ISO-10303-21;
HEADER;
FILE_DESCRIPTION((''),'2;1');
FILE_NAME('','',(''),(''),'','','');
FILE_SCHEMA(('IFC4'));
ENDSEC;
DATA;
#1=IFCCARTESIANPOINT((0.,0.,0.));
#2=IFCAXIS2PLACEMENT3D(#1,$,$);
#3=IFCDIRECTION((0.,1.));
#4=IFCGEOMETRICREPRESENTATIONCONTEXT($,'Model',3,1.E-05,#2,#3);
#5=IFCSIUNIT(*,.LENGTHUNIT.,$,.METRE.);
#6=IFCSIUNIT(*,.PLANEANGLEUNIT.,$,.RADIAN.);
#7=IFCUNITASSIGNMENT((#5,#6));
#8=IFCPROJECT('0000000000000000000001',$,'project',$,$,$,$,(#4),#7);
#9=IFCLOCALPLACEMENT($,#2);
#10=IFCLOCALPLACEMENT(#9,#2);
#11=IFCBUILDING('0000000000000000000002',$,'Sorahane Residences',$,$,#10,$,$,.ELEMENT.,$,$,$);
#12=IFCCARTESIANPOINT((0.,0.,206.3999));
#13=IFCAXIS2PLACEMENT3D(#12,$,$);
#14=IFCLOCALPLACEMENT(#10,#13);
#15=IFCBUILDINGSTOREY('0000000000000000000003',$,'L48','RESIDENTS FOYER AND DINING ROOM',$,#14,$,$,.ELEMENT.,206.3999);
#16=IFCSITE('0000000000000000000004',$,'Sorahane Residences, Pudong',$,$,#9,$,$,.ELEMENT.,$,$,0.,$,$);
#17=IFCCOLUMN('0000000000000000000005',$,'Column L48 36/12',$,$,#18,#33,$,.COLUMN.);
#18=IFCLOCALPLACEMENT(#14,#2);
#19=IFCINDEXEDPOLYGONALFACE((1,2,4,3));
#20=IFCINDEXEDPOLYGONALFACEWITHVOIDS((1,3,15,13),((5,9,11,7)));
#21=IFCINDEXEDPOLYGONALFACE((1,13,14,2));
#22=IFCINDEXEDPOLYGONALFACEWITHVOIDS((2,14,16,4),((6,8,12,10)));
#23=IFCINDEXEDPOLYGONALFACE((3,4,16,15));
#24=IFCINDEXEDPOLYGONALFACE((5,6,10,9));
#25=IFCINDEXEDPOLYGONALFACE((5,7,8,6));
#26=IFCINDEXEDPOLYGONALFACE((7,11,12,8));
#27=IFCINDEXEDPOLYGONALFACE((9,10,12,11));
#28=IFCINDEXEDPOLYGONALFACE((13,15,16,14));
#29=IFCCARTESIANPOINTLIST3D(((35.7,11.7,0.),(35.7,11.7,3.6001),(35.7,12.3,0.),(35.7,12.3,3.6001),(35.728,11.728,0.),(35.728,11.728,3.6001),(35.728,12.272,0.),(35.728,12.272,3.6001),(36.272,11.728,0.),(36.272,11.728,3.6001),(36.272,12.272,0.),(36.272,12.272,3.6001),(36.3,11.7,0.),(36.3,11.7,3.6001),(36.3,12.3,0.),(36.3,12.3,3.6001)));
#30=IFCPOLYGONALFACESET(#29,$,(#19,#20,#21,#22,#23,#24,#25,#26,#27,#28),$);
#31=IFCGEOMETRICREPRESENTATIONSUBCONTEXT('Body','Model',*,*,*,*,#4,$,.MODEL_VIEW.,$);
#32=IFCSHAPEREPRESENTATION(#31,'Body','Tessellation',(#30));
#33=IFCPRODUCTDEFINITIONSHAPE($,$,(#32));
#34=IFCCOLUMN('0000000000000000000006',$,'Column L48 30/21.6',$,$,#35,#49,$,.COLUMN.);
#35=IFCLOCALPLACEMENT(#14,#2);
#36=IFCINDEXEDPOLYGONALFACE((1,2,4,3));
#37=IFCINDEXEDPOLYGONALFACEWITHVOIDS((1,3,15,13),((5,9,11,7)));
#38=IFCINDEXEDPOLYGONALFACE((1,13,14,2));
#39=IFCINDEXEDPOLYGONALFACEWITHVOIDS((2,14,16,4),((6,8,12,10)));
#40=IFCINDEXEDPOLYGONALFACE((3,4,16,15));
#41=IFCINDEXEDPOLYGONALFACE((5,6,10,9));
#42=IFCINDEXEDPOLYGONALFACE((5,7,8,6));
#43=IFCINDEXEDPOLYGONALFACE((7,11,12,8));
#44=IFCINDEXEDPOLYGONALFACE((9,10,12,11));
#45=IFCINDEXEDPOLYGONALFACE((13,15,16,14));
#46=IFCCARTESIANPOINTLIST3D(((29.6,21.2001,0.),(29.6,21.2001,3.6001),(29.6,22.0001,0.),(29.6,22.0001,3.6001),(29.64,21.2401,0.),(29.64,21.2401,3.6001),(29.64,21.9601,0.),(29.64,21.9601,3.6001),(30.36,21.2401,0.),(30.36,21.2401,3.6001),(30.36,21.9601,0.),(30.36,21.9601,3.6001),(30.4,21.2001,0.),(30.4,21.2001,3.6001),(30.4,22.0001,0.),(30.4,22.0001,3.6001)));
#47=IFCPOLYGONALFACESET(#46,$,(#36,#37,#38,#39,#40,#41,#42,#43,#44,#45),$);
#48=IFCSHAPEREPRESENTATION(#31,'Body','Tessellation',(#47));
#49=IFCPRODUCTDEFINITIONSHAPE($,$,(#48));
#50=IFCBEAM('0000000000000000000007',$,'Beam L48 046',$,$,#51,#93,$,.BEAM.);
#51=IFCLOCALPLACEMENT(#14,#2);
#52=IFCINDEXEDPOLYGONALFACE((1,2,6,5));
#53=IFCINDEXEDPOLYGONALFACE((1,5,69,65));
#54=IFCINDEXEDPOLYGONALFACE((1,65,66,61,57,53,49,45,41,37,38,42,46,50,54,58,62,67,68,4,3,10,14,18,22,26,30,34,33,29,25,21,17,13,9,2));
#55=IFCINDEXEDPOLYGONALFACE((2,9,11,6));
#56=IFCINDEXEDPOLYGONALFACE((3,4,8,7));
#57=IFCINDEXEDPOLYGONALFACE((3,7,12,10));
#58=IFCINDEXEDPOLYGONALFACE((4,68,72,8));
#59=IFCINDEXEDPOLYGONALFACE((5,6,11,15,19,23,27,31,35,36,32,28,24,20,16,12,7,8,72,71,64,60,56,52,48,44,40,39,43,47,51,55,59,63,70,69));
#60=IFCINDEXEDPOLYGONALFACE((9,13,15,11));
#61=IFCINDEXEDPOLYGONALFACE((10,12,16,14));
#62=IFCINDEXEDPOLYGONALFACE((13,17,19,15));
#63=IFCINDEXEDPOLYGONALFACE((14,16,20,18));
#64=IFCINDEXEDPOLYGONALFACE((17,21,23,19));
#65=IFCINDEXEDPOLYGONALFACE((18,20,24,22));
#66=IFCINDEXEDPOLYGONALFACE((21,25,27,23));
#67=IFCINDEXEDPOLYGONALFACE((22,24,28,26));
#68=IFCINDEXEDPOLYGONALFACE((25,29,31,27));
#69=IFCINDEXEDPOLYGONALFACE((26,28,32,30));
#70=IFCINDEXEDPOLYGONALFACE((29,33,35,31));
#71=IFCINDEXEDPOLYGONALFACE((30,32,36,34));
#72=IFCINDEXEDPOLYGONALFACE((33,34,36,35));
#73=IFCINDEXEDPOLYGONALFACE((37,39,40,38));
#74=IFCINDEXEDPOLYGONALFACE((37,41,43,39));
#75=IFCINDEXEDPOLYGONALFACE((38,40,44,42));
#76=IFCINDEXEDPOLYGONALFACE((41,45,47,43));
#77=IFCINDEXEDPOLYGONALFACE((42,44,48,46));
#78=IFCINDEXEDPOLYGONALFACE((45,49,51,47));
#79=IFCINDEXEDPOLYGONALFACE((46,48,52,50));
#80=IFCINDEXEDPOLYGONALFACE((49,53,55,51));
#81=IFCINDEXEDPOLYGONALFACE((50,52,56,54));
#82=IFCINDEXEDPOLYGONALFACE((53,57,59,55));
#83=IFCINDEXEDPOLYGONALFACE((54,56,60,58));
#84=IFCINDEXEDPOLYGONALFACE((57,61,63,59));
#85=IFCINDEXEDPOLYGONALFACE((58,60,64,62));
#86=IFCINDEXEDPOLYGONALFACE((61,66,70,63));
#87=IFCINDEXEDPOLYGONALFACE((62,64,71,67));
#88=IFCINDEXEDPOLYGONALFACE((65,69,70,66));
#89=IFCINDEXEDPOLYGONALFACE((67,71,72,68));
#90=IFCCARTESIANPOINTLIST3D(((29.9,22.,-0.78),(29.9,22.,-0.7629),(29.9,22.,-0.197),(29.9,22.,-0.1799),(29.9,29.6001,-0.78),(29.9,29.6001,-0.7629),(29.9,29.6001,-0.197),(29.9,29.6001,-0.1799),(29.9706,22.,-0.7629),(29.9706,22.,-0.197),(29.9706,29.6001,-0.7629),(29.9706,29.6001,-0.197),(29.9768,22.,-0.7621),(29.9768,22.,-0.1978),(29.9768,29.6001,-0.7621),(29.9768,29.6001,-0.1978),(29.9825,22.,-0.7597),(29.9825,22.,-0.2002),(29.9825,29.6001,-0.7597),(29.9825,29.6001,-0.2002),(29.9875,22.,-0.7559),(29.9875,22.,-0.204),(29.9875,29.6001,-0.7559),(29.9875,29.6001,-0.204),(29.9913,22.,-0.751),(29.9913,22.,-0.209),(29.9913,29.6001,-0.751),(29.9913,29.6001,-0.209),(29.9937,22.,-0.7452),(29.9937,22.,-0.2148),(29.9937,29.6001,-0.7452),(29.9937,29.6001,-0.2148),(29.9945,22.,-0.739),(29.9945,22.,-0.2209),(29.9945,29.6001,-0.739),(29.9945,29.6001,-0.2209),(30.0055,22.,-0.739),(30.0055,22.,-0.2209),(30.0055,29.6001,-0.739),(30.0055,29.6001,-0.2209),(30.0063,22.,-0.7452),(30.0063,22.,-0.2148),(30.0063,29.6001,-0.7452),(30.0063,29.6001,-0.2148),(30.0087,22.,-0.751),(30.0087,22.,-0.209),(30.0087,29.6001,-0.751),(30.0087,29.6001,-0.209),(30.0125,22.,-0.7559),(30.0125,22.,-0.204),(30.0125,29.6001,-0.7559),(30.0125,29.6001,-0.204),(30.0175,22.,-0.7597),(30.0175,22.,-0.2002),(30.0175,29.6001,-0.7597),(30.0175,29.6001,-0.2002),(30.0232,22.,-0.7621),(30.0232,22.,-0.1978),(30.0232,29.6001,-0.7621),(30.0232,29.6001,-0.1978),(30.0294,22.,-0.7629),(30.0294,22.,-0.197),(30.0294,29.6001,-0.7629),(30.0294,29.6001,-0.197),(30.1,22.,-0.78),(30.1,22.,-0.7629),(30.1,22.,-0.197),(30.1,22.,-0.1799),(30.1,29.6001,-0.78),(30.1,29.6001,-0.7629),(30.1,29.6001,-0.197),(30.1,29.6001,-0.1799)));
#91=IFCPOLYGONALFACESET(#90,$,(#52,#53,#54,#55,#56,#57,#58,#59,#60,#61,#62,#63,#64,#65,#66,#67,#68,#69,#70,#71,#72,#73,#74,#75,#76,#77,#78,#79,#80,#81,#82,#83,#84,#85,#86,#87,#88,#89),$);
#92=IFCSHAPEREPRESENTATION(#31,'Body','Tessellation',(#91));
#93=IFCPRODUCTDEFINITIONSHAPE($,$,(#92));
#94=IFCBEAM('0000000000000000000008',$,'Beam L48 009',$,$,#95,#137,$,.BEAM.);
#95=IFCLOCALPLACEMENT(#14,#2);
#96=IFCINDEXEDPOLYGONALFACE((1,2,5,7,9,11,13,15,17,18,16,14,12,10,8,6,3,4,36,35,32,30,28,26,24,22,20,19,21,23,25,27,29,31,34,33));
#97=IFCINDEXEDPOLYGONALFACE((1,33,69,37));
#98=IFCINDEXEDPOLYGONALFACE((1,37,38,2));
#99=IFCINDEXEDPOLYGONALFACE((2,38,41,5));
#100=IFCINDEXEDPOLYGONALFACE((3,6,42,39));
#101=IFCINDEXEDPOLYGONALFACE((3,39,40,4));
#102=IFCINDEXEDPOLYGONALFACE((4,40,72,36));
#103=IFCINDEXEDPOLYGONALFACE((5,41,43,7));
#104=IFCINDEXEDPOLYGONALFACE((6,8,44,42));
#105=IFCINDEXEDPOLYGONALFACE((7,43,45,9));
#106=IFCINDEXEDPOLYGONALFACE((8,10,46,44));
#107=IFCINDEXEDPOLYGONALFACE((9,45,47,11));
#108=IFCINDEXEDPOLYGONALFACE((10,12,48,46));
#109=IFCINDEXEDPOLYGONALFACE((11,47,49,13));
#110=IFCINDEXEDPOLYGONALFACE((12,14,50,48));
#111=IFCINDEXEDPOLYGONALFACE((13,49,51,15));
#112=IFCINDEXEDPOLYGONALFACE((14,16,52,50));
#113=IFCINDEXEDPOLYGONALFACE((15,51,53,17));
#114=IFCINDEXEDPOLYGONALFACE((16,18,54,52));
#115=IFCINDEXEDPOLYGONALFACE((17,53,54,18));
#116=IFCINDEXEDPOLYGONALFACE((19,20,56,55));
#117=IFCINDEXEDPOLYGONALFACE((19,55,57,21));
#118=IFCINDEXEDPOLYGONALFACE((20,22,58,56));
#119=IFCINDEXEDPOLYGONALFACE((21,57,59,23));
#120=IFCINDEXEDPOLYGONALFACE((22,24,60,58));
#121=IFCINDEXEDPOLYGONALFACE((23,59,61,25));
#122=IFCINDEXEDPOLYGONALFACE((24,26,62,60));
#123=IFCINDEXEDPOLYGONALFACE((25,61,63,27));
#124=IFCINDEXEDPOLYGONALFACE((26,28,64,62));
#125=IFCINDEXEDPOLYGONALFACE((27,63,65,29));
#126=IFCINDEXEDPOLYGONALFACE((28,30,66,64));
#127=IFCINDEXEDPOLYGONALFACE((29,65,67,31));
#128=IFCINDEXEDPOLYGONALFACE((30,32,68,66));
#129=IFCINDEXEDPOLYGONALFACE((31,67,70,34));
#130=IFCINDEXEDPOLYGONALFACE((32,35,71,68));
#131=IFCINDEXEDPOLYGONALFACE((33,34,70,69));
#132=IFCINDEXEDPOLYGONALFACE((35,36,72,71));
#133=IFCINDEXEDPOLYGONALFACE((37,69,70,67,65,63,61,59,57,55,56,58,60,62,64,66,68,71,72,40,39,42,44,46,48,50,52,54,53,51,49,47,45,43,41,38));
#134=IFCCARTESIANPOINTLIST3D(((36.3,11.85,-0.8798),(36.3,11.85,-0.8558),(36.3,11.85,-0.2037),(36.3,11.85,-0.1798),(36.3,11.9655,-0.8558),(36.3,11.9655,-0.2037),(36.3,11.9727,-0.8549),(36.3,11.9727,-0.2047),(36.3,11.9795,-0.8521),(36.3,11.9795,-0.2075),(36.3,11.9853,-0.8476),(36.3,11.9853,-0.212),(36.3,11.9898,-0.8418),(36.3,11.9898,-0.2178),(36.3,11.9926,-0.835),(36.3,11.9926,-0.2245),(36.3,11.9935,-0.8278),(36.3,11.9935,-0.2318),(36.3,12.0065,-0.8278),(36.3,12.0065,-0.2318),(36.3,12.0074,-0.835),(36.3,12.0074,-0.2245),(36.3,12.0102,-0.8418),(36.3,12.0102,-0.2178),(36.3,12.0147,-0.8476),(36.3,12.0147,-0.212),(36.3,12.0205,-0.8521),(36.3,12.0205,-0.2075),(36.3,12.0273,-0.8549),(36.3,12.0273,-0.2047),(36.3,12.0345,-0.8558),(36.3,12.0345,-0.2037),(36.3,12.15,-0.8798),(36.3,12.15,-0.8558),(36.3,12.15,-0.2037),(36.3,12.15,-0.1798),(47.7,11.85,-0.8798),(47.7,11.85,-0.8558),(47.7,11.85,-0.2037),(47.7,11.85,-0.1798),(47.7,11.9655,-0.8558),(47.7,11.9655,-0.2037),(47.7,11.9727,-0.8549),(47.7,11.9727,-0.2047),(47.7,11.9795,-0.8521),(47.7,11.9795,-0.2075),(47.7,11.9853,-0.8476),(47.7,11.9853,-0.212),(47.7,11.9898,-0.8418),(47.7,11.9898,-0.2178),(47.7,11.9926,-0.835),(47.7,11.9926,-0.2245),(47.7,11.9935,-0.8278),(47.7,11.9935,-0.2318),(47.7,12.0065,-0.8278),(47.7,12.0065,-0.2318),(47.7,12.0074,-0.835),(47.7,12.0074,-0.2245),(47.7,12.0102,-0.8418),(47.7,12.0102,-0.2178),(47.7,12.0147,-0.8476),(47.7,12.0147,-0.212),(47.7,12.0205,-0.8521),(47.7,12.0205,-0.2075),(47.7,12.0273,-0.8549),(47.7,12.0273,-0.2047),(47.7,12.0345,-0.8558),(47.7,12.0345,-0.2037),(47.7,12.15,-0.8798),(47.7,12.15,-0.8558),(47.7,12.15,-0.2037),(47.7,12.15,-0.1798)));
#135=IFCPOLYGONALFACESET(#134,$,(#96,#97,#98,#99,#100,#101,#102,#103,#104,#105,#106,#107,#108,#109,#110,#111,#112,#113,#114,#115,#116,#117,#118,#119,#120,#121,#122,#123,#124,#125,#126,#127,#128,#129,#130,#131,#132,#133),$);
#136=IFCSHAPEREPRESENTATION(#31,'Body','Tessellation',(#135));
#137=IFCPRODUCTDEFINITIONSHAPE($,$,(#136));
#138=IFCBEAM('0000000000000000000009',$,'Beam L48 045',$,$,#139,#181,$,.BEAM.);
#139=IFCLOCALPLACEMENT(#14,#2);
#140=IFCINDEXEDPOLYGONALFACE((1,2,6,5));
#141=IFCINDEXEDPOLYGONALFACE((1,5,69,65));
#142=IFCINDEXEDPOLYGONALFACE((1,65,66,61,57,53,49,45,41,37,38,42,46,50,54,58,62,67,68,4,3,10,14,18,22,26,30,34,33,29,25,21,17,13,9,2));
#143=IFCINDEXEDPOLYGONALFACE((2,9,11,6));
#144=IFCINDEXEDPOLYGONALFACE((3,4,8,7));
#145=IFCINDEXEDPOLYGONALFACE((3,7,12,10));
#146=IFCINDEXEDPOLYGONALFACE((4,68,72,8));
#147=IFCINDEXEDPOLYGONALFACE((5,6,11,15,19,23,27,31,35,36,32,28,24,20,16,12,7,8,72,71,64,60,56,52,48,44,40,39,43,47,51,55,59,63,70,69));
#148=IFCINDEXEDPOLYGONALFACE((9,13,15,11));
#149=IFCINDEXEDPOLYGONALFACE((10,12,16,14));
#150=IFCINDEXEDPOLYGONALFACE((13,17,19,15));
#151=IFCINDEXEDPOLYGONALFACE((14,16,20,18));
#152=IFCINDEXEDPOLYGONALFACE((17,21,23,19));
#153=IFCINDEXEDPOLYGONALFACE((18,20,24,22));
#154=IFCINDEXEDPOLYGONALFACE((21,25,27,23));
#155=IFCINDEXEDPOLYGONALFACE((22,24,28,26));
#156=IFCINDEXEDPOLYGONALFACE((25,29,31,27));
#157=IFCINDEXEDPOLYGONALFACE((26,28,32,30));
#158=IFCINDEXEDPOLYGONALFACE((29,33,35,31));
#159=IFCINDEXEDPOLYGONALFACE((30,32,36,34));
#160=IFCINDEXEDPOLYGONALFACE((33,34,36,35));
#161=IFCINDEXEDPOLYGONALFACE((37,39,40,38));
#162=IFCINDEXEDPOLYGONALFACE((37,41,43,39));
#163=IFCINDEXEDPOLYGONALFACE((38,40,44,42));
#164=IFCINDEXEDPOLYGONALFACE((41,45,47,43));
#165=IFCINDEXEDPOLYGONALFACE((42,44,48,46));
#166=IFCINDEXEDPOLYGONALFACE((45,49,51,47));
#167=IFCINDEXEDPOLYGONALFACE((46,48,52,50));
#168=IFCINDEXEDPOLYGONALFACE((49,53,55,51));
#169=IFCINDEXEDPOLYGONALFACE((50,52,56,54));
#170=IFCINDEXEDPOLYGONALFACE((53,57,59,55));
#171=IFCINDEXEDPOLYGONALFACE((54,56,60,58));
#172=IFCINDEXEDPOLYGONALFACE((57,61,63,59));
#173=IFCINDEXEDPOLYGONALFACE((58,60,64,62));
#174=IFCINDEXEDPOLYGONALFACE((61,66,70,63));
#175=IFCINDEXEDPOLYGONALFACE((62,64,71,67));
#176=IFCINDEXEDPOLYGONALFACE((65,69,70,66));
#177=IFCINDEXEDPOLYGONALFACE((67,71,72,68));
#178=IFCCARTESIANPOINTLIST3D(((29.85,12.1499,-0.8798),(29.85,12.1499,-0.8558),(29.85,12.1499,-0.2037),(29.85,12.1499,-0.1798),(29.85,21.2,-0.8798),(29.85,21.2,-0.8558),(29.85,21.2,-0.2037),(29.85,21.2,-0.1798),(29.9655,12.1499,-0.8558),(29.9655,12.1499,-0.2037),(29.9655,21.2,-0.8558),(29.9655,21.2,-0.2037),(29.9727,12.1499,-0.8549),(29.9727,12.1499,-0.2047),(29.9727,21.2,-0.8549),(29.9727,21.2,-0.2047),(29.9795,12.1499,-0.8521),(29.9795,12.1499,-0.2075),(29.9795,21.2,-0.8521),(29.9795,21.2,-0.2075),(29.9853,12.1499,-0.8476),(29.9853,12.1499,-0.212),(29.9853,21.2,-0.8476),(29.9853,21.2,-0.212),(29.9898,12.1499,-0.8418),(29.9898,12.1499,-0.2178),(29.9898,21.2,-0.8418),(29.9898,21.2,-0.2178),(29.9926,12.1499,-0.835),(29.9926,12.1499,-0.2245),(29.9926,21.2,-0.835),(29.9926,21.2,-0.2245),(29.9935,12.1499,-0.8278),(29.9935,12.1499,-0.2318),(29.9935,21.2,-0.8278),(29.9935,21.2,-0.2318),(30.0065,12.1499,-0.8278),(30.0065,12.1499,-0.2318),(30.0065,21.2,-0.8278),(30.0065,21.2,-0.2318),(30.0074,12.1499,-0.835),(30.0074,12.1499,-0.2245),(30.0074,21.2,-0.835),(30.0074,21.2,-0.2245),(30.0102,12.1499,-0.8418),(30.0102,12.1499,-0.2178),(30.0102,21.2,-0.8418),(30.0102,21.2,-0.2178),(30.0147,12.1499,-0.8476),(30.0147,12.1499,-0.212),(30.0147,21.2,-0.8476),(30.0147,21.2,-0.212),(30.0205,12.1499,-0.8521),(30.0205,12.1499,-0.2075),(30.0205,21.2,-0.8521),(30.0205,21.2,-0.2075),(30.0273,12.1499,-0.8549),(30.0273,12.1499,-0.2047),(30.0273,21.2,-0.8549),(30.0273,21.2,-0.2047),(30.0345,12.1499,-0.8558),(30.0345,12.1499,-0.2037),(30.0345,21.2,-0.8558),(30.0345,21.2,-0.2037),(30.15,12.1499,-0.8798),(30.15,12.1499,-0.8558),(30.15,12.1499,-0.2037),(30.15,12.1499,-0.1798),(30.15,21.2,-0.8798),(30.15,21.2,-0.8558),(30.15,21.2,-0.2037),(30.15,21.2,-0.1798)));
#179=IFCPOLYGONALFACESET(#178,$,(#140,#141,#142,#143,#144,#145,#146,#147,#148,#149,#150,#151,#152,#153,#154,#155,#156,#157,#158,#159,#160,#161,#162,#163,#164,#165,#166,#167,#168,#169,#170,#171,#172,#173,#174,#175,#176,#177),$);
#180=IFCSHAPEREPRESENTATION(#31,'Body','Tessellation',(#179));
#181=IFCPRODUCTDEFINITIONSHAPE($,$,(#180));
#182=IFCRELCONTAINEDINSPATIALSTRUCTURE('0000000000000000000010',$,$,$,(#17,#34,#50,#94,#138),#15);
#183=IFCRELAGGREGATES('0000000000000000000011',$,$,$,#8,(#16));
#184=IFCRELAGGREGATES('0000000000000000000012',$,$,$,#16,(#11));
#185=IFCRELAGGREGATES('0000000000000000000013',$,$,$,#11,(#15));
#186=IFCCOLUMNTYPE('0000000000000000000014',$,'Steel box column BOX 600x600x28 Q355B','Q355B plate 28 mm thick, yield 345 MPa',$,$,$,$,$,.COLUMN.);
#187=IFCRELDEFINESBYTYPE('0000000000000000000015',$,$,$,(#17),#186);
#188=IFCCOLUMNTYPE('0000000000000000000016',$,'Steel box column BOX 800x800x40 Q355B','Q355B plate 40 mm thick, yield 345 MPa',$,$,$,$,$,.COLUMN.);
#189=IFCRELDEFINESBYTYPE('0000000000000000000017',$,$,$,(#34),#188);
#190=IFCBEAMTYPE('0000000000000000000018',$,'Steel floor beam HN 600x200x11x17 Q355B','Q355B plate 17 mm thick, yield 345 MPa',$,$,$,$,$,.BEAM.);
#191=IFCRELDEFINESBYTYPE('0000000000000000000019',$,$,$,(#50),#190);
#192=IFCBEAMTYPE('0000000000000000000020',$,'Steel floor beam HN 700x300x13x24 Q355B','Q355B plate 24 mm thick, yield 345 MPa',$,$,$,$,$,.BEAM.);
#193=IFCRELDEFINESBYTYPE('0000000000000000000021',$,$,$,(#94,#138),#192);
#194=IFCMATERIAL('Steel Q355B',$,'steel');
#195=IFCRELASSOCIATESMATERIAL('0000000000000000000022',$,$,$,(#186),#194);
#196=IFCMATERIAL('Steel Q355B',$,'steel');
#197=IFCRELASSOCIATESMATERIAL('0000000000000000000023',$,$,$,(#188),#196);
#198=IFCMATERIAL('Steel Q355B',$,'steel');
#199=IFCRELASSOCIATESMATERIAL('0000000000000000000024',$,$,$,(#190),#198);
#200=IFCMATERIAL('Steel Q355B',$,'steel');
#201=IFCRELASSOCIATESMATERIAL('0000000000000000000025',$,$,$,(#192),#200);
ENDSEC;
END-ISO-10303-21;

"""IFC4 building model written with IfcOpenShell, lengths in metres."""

from ifc_helpers import new_model, si_unit, direction, frame, origin, origin_2d, place, context, subcontext, project, spatial, hollow_rectangle, i_section, extrude, material, material_profile, profile_set, type_object, element, save


model = new_model("IFC4")

# Units and contexts
model_context = context("Model", 3, precision=1e-05, world=origin(), true_north=direction((0.0, 1.0)))
body_context = subcontext(model_context, "Body", "Model", "MODEL_VIEW")
ifc_project = project(units=[si_unit("LENGTHUNIT", "METRE"), si_unit("PLANEANGLEUNIT", "RADIAN")], contexts=[model_context])

# Site, building, storey
site_placement = place(None, origin())
site = spatial("IfcSite", under=ifc_project, at=site_placement, Name="Sorahane Residences, Pudong", CompositionType="ELEMENT", RefElevation=0.0)
building_placement = place(site_placement, origin())
building = spatial("IfcBuilding", under=site, at=building_placement, Name="Sorahane Residences", CompositionType="ELEMENT")
storey_placement = place(building_placement, frame((0.0, 0.0, 206.3999)))
storey = spatial("IfcBuildingStorey", under=building, at=storey_placement, Name="L48", Description="RESIDENTS FOYER AND DINING ROOM", CompositionType="ELEMENT", Elevation=206.3999)

# Columns
ifc_material_1 = material(Name="Steel Q355B", Category="steel")
ifc_material_profile_1 = material_profile(ifc_material_1, hollow_rectangle(XDim=0.6001, YDim=0.6001, WallThickness=0.0281, at=origin_2d()), Name="BOX 600x600x28")
ifc_profile_set_1 = profile_set([ifc_material_profile_1], Name="Steel Q355B")
column_type_1 = type_object("IfcColumnType", Name="Steel box column BOX 600x600x28 Q355B", Description="Q355B plate 28 mm thick, yield 345 MPa", PredefinedType="COLUMN", material=ifc_profile_set_1)
column_1_placement = place(storey_placement, frame((36.0, 12.0, 0.0), z_axis=(0.0, 0.0, 1.0), x_axis=(1.0, 0.0, 0.0)))
element("IfcColumn", 1, at=column_1_placement, inside=storey, type_object=column_type_1, Name="Column L48 36/12", PredefinedType="COLUMN", context=body_context, shape_type="SweptSolid", body=[
    extrude(hollow_rectangle(XDim=0.6001, YDim=0.6001, WallThickness=0.0281, at=origin_2d()), origin(), (0.0, 0.0, 1.0), 3.6001),
])
ifc_material_2 = material(Name="Steel Q355B", Category="steel")
ifc_material_profile_2 = material_profile(ifc_material_2, hollow_rectangle(XDim=0.8, YDim=0.8, WallThickness=0.04, at=origin_2d()), Name="BOX 800x800x40")
ifc_profile_set_2 = profile_set([ifc_material_profile_2], Name="Steel Q355B")
column_type_2 = type_object("IfcColumnType", Name="Steel box column BOX 800x800x40 Q355B", Description="Q355B plate 40 mm thick, yield 345 MPa", PredefinedType="COLUMN", material=ifc_profile_set_2)
column_2_placement = place(storey_placement, frame((30.0, 21.6001, 0.0), z_axis=(0.0, 0.0, 1.0), x_axis=(1.0, 0.0, 0.0)))
element("IfcColumn", 2, at=column_2_placement, inside=storey, type_object=column_type_2, Name="Column L48 30/21.6", PredefinedType="COLUMN", context=body_context, shape_type="SweptSolid", body=[
    extrude(hollow_rectangle(XDim=0.8, YDim=0.8, WallThickness=0.04, at=origin_2d()), origin(), (0.0, 0.0, 1.0), 3.6001),
])

# Beams
ifc_material_3 = material(Name="Steel Q355B", Category="steel")
ifc_material_profile_3 = material_profile(ifc_material_3, i_section(OverallWidth=0.2, OverallDepth=0.6001, WebThickness=0.011, FlangeThickness=0.0171, FilletRadius=0.0239, at=origin_2d()), Name="HN 600x200x11x17")
ifc_profile_set_3 = profile_set([ifc_material_profile_3], Name="Steel Q355B")
beam_type_1 = type_object("IfcBeamType", Name="Steel floor beam HN 600x200x11x17 Q355B", Description="Q355B plate 17 mm thick, yield 345 MPa", PredefinedType="BEAM", material=ifc_profile_set_3)
beam_1_placement = place(storey_placement, frame((30.0, 22.0, -0.48), z_axis=(0.0, 1.0, 0.0), x_axis=(-1.0, 0.0, 0.0)))
element("IfcBeam", 3, at=beam_1_placement, inside=storey, type_object=beam_type_1, Name="Beam L48 046", PredefinedType="BEAM", context=body_context, shape_type="SweptSolid", body=[
    extrude(i_section(OverallWidth=0.2, OverallDepth=0.6001, WebThickness=0.011, FlangeThickness=0.0171, FilletRadius=0.0239, at=origin_2d()), origin(), (0.0, 0.0, 1.0), 7.6001),
])
ifc_material_4 = material(Name="Steel Q355B", Category="steel")
ifc_material_profile_4 = material_profile(ifc_material_4, i_section(OverallWidth=0.3, OverallDepth=0.7, WebThickness=0.0129, FlangeThickness=0.0239, FilletRadius=0.0281, at=origin_2d()), Name="HN 700x300x13x24")
ifc_profile_set_4 = profile_set([ifc_material_profile_4], Name="Steel Q355B")
beam_type_2 = type_object("IfcBeamType", Name="Steel floor beam HN 700x300x13x24 Q355B", Description="Q355B plate 24 mm thick, yield 345 MPa", PredefinedType="BEAM", material=ifc_profile_set_4)
beam_2_placement = place(storey_placement, frame((36.3, 12.0, -0.5298), z_axis=(1.0, 0.0, 0.0), x_axis=(0.0, 1.0, 0.0)))
element("IfcBeam", 4, at=beam_2_placement, inside=storey, type_object=beam_type_2, Name="Beam L48 009", PredefinedType="BEAM", context=body_context, shape_type="SweptSolid", body=[
    extrude(i_section(OverallWidth=0.3, OverallDepth=0.7, WebThickness=0.0129, FlangeThickness=0.0239, FilletRadius=0.0281, at=origin_2d()), origin(), (0.0, 0.0, 1.0), 11.3999),
])
beam_3_placement = place(storey_placement, frame((30.0, 12.1499, -0.5298), z_axis=(0.0, 1.0, 0.0), x_axis=(-1.0, 0.0, 0.0)))
element("IfcBeam", 5, at=beam_3_placement, inside=storey, type_object=beam_type_2, Name="Beam L48 045", PredefinedType="BEAM", context=body_context, shape_type="SweptSolid", body=[
    extrude(i_section(OverallWidth=0.3, OverallDepth=0.7, WebThickness=0.0129, FlangeThickness=0.0239, FilletRadius=0.0281, at=origin_2d()), origin(), (0.0, 0.0, 1.0), 9.05),
])

save(model, "model.ifc")
